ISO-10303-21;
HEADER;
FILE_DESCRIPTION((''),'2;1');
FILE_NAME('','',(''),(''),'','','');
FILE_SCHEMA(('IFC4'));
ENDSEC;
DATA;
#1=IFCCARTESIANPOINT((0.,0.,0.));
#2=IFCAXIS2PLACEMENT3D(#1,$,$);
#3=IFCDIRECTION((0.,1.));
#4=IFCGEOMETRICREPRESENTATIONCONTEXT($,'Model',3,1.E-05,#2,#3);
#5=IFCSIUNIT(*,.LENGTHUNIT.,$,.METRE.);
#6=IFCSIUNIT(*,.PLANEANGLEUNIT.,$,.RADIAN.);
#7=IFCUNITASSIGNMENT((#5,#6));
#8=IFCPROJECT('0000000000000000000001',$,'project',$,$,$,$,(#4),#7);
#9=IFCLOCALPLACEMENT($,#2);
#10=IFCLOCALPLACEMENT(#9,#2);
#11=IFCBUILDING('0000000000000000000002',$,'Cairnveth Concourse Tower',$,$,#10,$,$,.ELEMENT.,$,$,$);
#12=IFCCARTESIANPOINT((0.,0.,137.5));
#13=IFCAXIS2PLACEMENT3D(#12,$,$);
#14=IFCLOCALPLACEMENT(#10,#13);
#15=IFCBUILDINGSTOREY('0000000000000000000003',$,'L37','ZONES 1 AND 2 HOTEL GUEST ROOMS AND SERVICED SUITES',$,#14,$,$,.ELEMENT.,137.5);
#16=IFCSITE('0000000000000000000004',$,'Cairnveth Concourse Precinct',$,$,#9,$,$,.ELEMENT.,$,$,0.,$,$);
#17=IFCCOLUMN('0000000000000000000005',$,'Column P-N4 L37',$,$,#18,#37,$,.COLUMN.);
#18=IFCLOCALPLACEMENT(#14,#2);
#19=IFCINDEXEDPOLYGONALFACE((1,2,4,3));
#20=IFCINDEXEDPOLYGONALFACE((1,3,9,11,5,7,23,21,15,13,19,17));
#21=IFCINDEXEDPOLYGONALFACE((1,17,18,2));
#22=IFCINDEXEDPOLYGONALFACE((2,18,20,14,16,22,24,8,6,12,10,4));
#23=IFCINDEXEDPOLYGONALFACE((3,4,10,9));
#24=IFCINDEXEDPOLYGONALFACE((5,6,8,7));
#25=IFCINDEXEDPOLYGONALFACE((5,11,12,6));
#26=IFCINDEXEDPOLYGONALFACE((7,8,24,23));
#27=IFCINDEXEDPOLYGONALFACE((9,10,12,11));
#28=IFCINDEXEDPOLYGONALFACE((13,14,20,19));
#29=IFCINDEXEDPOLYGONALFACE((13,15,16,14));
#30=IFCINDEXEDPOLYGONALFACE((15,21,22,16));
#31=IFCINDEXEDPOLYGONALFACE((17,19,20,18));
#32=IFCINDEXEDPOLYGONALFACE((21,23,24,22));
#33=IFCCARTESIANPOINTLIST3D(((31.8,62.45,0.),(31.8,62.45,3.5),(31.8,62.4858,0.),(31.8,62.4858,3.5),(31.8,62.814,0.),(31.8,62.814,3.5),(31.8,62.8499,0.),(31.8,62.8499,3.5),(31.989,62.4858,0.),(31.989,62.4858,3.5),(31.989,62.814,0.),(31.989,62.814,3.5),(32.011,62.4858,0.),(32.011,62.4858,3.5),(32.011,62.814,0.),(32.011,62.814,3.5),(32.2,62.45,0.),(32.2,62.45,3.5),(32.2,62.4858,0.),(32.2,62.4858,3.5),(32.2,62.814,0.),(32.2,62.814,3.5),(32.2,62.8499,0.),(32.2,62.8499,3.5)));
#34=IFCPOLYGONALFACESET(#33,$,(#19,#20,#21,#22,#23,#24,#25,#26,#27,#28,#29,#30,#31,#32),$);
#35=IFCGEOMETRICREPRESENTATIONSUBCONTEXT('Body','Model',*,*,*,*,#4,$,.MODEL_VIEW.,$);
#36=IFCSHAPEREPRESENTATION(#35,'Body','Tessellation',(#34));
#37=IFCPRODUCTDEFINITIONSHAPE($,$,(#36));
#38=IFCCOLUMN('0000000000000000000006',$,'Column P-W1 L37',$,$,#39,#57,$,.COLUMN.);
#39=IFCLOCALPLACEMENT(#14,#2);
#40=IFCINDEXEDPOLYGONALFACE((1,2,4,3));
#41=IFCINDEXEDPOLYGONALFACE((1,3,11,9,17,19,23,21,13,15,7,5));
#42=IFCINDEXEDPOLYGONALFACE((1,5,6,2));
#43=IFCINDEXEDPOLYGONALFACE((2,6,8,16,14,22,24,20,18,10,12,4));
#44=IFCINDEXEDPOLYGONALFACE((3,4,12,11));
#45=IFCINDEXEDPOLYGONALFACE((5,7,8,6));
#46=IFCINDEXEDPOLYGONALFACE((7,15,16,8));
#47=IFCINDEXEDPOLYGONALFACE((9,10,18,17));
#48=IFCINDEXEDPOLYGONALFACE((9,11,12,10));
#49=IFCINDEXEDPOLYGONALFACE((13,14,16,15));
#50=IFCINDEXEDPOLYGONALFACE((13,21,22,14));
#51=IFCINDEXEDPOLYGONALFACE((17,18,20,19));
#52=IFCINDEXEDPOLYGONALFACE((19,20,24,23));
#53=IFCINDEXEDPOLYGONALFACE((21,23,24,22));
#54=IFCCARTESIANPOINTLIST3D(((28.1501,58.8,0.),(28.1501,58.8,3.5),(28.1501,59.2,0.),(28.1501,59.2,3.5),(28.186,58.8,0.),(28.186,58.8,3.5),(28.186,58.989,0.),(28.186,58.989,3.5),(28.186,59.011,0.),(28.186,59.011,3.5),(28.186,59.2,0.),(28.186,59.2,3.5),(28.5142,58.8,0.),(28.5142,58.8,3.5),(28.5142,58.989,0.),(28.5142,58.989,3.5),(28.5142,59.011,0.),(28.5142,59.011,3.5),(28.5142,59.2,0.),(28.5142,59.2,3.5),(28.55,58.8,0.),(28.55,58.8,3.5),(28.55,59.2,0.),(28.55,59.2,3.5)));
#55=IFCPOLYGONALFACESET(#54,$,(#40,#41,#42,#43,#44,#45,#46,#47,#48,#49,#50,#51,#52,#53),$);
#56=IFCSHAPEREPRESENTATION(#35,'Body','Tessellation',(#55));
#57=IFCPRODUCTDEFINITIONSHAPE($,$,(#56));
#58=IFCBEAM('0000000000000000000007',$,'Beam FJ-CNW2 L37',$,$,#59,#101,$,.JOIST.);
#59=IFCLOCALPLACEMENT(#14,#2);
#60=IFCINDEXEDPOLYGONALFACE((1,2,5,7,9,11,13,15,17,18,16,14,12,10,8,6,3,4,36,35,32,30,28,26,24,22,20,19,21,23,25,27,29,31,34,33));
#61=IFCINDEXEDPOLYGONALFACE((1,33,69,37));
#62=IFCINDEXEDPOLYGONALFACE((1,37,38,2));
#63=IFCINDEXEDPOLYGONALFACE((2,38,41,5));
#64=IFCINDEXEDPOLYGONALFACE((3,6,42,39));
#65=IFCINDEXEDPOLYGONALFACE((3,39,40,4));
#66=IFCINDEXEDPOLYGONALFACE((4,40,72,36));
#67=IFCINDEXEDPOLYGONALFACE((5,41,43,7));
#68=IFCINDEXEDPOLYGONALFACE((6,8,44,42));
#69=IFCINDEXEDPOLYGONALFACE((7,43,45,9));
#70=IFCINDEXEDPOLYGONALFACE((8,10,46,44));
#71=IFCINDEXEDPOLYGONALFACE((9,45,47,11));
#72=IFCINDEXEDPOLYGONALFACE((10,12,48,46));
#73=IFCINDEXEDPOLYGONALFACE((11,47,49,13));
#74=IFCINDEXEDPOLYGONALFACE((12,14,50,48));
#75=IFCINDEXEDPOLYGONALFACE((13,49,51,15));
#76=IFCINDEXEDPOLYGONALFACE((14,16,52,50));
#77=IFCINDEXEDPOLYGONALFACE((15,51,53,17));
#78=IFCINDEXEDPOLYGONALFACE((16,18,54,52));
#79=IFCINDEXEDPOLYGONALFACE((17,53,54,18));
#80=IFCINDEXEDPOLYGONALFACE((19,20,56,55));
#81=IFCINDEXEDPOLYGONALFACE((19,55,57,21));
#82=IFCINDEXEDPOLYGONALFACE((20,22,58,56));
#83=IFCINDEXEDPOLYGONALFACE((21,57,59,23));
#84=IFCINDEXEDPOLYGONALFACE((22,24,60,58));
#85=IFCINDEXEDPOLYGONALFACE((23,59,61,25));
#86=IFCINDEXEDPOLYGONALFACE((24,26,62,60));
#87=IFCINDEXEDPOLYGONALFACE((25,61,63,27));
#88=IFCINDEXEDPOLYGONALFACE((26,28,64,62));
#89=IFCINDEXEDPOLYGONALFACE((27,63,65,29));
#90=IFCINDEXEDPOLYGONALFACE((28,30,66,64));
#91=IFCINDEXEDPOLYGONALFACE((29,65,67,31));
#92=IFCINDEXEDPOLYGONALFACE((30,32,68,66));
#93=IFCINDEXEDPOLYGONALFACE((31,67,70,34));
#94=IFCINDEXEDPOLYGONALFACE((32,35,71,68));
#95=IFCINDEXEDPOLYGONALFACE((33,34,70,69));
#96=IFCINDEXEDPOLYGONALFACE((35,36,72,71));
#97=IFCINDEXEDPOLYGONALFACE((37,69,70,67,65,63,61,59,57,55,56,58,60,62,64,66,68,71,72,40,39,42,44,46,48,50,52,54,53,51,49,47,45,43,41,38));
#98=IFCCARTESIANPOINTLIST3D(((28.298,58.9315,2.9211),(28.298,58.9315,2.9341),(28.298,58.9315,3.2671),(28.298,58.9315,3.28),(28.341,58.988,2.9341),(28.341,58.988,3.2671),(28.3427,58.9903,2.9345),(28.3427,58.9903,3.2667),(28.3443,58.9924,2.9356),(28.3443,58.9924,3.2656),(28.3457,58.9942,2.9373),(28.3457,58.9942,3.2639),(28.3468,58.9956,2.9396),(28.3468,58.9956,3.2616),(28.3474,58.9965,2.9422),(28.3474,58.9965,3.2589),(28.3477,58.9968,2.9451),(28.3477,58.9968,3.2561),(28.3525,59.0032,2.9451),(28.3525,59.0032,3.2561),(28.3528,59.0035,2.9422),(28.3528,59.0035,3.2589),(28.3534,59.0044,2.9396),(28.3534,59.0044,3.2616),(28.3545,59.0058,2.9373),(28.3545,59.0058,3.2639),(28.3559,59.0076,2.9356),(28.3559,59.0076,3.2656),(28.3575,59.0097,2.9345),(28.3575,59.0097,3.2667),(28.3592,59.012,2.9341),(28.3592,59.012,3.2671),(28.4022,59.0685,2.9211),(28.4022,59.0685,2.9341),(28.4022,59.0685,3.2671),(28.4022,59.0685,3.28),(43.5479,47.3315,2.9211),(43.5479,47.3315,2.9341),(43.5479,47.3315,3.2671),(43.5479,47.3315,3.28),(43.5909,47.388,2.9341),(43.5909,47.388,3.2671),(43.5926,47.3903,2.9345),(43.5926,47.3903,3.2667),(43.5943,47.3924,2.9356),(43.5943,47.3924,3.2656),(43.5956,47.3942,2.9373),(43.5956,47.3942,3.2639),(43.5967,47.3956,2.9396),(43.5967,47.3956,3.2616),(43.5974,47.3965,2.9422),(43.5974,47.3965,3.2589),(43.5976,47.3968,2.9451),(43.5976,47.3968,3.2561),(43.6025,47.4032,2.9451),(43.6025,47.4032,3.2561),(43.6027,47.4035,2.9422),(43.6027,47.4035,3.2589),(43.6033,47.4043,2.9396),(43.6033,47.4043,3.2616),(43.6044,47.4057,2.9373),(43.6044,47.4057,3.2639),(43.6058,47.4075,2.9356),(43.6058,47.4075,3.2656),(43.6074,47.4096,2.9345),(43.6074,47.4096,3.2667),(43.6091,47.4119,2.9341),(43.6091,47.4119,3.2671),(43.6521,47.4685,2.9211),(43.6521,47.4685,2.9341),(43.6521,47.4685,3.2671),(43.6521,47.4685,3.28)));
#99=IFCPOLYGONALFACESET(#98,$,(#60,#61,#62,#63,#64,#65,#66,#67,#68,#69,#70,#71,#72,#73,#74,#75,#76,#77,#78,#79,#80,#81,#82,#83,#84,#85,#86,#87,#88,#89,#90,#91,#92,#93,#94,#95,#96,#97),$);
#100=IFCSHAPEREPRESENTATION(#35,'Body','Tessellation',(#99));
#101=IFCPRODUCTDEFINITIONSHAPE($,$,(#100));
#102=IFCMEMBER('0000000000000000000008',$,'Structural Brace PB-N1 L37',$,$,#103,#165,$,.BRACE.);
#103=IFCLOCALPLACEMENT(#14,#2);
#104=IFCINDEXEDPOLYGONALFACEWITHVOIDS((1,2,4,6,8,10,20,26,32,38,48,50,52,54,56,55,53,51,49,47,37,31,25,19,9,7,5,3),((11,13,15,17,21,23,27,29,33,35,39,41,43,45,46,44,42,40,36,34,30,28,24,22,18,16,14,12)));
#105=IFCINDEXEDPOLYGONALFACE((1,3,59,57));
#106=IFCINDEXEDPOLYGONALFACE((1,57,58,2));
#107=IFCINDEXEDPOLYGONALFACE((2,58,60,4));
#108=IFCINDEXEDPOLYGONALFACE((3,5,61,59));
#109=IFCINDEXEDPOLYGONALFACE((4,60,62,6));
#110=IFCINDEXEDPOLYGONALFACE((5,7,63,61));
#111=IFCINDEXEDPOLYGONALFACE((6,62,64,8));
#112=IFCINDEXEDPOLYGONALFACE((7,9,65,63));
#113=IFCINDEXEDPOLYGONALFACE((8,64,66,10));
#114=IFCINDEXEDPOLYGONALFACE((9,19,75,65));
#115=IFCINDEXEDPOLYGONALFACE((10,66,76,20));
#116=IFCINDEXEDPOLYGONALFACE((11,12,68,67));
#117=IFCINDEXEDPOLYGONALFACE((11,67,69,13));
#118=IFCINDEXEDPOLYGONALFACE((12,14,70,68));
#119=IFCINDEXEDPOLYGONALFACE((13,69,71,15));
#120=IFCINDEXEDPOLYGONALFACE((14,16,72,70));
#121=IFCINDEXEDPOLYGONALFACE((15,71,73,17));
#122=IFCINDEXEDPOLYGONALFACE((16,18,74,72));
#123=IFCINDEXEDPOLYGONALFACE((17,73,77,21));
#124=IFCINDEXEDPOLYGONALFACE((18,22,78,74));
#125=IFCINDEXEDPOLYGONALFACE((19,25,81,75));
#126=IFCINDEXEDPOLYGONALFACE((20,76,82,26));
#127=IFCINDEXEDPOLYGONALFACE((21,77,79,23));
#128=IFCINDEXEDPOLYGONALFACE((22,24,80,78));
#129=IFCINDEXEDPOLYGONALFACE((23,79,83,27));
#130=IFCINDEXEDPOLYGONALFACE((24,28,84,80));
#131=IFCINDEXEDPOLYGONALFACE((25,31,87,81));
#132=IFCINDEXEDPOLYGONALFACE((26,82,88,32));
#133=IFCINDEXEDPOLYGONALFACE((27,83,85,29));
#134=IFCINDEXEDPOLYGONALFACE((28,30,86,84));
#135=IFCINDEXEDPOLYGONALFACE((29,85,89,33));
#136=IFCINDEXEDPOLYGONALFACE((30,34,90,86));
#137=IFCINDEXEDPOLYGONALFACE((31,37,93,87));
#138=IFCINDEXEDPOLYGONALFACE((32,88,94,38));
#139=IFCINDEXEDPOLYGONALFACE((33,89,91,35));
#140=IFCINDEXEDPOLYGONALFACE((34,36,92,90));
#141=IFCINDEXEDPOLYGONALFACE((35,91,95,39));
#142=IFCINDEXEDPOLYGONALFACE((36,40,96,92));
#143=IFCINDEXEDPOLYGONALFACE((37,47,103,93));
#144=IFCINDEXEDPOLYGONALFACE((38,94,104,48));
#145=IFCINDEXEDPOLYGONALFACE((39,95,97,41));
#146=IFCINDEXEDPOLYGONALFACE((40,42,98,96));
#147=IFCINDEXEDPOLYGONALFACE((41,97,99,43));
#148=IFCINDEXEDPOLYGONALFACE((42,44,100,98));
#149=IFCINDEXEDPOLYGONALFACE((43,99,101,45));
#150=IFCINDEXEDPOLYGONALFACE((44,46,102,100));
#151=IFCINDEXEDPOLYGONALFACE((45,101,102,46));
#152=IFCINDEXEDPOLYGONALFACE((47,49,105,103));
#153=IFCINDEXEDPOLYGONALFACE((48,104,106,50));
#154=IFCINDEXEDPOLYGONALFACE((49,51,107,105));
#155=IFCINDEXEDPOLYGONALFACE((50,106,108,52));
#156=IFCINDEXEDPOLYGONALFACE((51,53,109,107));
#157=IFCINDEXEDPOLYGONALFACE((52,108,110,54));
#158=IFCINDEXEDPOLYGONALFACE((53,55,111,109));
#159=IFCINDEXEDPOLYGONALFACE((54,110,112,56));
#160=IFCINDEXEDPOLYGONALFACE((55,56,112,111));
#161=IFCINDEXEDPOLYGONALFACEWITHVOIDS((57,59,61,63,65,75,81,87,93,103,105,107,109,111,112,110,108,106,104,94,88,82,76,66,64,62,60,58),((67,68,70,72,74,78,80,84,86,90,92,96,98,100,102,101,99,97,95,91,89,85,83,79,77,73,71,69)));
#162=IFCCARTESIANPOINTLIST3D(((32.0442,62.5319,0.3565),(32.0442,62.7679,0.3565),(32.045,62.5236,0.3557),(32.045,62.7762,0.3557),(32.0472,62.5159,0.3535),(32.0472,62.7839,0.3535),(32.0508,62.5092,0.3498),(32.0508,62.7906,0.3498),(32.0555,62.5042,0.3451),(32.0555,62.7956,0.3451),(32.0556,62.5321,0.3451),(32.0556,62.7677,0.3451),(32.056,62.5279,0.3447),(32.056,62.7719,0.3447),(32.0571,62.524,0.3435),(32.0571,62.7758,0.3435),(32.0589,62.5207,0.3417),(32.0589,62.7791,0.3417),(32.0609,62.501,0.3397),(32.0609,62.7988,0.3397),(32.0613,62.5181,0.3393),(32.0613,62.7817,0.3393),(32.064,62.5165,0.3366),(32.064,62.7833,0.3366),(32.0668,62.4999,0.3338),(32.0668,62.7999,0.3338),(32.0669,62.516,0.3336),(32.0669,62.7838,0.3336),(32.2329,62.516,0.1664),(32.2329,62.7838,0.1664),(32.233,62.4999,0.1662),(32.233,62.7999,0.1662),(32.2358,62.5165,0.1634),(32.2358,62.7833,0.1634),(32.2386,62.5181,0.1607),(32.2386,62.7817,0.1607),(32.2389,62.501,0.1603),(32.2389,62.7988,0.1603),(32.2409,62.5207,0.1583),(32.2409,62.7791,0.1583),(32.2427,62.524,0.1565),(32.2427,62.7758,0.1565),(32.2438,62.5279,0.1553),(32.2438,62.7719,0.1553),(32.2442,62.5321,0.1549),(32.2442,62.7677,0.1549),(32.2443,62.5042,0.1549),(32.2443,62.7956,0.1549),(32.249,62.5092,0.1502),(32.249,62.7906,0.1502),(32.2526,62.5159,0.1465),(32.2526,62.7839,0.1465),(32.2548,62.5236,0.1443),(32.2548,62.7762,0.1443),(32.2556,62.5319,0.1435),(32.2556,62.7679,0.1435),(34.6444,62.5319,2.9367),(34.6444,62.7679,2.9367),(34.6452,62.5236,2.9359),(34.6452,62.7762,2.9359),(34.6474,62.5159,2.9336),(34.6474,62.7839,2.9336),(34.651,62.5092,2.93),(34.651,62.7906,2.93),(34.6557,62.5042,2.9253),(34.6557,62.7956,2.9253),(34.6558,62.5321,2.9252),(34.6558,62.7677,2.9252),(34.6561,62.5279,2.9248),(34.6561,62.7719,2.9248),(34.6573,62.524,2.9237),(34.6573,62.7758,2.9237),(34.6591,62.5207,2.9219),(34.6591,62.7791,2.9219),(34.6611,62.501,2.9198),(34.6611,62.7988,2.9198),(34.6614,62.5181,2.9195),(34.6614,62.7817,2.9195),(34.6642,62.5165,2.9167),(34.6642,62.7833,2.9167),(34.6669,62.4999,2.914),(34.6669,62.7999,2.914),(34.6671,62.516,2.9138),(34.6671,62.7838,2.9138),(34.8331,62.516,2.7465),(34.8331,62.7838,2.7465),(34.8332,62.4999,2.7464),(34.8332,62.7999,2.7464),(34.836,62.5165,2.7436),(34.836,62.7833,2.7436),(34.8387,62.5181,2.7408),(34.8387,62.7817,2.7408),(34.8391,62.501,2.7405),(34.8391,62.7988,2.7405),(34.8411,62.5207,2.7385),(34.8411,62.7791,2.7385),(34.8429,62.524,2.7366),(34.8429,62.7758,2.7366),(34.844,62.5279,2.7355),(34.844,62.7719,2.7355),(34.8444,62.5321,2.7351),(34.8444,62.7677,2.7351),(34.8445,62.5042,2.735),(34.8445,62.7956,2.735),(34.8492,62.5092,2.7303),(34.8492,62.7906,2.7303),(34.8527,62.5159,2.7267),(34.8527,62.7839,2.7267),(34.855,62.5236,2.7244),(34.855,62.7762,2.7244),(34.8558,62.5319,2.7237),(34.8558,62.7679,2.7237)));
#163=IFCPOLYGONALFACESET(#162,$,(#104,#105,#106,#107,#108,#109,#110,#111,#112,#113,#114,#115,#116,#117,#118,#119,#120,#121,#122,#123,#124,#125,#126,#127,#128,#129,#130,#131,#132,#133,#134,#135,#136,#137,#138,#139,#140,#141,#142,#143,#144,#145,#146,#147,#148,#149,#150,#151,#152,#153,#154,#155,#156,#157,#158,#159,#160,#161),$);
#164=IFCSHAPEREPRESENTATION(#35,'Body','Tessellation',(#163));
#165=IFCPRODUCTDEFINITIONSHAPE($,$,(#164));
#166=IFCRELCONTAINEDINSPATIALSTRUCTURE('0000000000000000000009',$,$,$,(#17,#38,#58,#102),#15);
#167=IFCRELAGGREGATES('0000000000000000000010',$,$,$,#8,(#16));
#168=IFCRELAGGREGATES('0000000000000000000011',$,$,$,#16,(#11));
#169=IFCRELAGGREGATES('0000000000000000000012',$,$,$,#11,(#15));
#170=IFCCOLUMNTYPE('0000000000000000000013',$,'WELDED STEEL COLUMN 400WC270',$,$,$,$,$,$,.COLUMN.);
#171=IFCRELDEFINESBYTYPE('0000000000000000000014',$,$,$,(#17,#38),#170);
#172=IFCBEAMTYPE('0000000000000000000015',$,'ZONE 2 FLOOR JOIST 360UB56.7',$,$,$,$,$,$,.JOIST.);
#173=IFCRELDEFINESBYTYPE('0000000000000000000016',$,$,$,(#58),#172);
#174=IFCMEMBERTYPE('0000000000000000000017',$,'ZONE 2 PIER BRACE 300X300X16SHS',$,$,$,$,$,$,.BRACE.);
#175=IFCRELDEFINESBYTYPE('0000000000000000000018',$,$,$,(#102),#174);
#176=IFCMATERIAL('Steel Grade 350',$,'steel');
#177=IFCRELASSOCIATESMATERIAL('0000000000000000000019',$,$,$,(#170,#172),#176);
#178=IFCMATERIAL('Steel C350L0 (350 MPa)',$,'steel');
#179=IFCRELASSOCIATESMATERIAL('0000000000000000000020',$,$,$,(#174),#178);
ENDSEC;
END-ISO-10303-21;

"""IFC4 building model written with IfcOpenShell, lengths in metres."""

from ifc_helpers import new_model, si_unit, direction, frame, origin, origin_2d, place, context, subcontext, project, spatial, hollow_rectangle, i_section, extrude, material, material_profile, profile_set, type_object, element, save


model = new_model("IFC4")

# Units and contexts
model_context = context("Model", 3, precision=1e-05, world=origin(), true_north=direction((0.0, 1.0)))
body_context = subcontext(model_context, "Body", "Model", "MODEL_VIEW")
ifc_project = project(units=[si_unit("LENGTHUNIT", "METRE"), si_unit("PLANEANGLEUNIT", "RADIAN")], contexts=[model_context])

# Site, building, storey
site_placement = place(None, origin())
site = spatial("IfcSite", under=ifc_project, at=site_placement, Name="Cairnveth Concourse Precinct", CompositionType="ELEMENT", RefElevation=0.0)
building_placement = place(site_placement, origin())
building = spatial("IfcBuilding", under=site, at=building_placement, Name="Cairnveth Concourse Tower", CompositionType="ELEMENT")
storey_placement = place(building_placement, frame((0.0, 0.0, 137.5)))
storey = spatial("IfcBuildingStorey", under=building, at=storey_placement, Name="L37", Description="ZONES 1 AND 2 HOTEL GUEST ROOMS AND SERVICED SUITES", CompositionType="ELEMENT", Elevation=137.5)

# Columns
ifc_material_1 = material(Name="Steel Grade 350", Category="steel")
ifc_material_profile_1 = material_profile(ifc_material_1, i_section(OverallWidth=0.3999, OverallDepth=0.3999, WebThickness=0.022, FlangeThickness=0.0359, at=origin_2d()), Name="400WC270")
ifc_profile_set_1 = profile_set([ifc_material_profile_1], Name="Steel Grade 350")
column_type = type_object("IfcColumnType", Name="WELDED STEEL COLUMN 400WC270", PredefinedType="COLUMN", material=ifc_profile_set_1)
for number, where, z_axis, x_axis, name in (
    (1, (32.0, 62.6499, 0.0), (0.0, 0.0, 1.0), (1.0, 0.0, 0.0), "Column P-N4 L37"),
    (2, (28.3501, 59.0, 0.0), (0.0, 0.0, 1.0), (0.0, 1.0, 0.0), "Column P-W1 L37"),
):
    element("IfcColumn", number, at=place(storey_placement, frame(where, z_axis=z_axis, x_axis=x_axis)), inside=storey, type_object=column_type, Name=name, PredefinedType="COLUMN", context=body_context, shape_type="SweptSolid", body=[
        extrude(i_section(OverallWidth=0.3999, OverallDepth=0.3999, WebThickness=0.022, FlangeThickness=0.0359, at=origin_2d()), origin(), (0.0, 0.0, 1.0), 3.5),
    ])

# Beam
ifc_material_profile_2 = material_profile(ifc_material_1, i_section(OverallWidth=0.1721, OverallDepth=0.3589, WebThickness=0.0081, FlangeThickness=0.0129, FilletRadius=0.011, at=origin_2d()), Name="360UB56.7")
ifc_profile_set_2 = profile_set([ifc_material_profile_2], Name="Steel Grade 350")
beam_type_1 = type_object("IfcBeamType", Name="ZONE 2 FLOOR JOIST 360UB56.7", PredefinedType="JOIST", material=ifc_profile_set_2)
beam_1_placement = place(storey_placement, frame((28.3501, 59.0, 3.1006), z_axis=(0.795908, -0.605417, 0.0), x_axis=(0.605417, 0.795908, 0.0)))
element("IfcBeam", 3, at=beam_1_placement, inside=storey, type_object=beam_type_1, Name="Beam FJ-CNW2 L37", PredefinedType="JOIST", context=body_context, shape_type="SweptSolid", body=[
    extrude(i_section(OverallWidth=0.1721, OverallDepth=0.3589, WebThickness=0.0081, FlangeThickness=0.0129, FilletRadius=0.011, at=origin_2d()), origin(), (0.0, 0.0, 1.0), 19.1604),
])

# Member
ifc_material_2 = material(Name="Steel C350L0 (350 MPa)", Category="steel")
ifc_material_profile_3 = material_profile(ifc_material_2, hollow_rectangle(XDim=0.3, YDim=0.3, WallThickness=0.0161, InnerFilletRadius=0.0161, OuterFilletRadius=0.032, at=origin_2d()), Name="300x300x16.0SHS")
ifc_profile_set_3 = profile_set([ifc_material_profile_3], Name="Steel C350L0 (350 MPa)")
member_type = type_object("IfcMemberType", Name="ZONE 2 PIER BRACE 300X300X16SHS", PredefinedType="BRACE", material=ifc_profile_set_3)
for number, where, z_axis, x_axis, name in (
    (4, (32.1499, 62.6499, 0.25), (0.709834, 0.0, 0.704369), (0.0, 1.0, 0.0), "Structural Brace PB-N1 L37"),
):
    element("IfcMember", number, at=place(storey_placement, frame(where, z_axis=z_axis, x_axis=x_axis)), inside=storey, type_object=member_type, Name=name, PredefinedType="BRACE", context=body_context, shape_type="SweptSolid", body=[
        extrude(hollow_rectangle(XDim=0.3, YDim=0.3, WallThickness=0.0161, InnerFilletRadius=0.0161, OuterFilletRadius=0.032, at=origin_2d()), origin(), (0.0, 0.0, 1.0), 3.6631),
    ])

save(model, "model.ifc")
